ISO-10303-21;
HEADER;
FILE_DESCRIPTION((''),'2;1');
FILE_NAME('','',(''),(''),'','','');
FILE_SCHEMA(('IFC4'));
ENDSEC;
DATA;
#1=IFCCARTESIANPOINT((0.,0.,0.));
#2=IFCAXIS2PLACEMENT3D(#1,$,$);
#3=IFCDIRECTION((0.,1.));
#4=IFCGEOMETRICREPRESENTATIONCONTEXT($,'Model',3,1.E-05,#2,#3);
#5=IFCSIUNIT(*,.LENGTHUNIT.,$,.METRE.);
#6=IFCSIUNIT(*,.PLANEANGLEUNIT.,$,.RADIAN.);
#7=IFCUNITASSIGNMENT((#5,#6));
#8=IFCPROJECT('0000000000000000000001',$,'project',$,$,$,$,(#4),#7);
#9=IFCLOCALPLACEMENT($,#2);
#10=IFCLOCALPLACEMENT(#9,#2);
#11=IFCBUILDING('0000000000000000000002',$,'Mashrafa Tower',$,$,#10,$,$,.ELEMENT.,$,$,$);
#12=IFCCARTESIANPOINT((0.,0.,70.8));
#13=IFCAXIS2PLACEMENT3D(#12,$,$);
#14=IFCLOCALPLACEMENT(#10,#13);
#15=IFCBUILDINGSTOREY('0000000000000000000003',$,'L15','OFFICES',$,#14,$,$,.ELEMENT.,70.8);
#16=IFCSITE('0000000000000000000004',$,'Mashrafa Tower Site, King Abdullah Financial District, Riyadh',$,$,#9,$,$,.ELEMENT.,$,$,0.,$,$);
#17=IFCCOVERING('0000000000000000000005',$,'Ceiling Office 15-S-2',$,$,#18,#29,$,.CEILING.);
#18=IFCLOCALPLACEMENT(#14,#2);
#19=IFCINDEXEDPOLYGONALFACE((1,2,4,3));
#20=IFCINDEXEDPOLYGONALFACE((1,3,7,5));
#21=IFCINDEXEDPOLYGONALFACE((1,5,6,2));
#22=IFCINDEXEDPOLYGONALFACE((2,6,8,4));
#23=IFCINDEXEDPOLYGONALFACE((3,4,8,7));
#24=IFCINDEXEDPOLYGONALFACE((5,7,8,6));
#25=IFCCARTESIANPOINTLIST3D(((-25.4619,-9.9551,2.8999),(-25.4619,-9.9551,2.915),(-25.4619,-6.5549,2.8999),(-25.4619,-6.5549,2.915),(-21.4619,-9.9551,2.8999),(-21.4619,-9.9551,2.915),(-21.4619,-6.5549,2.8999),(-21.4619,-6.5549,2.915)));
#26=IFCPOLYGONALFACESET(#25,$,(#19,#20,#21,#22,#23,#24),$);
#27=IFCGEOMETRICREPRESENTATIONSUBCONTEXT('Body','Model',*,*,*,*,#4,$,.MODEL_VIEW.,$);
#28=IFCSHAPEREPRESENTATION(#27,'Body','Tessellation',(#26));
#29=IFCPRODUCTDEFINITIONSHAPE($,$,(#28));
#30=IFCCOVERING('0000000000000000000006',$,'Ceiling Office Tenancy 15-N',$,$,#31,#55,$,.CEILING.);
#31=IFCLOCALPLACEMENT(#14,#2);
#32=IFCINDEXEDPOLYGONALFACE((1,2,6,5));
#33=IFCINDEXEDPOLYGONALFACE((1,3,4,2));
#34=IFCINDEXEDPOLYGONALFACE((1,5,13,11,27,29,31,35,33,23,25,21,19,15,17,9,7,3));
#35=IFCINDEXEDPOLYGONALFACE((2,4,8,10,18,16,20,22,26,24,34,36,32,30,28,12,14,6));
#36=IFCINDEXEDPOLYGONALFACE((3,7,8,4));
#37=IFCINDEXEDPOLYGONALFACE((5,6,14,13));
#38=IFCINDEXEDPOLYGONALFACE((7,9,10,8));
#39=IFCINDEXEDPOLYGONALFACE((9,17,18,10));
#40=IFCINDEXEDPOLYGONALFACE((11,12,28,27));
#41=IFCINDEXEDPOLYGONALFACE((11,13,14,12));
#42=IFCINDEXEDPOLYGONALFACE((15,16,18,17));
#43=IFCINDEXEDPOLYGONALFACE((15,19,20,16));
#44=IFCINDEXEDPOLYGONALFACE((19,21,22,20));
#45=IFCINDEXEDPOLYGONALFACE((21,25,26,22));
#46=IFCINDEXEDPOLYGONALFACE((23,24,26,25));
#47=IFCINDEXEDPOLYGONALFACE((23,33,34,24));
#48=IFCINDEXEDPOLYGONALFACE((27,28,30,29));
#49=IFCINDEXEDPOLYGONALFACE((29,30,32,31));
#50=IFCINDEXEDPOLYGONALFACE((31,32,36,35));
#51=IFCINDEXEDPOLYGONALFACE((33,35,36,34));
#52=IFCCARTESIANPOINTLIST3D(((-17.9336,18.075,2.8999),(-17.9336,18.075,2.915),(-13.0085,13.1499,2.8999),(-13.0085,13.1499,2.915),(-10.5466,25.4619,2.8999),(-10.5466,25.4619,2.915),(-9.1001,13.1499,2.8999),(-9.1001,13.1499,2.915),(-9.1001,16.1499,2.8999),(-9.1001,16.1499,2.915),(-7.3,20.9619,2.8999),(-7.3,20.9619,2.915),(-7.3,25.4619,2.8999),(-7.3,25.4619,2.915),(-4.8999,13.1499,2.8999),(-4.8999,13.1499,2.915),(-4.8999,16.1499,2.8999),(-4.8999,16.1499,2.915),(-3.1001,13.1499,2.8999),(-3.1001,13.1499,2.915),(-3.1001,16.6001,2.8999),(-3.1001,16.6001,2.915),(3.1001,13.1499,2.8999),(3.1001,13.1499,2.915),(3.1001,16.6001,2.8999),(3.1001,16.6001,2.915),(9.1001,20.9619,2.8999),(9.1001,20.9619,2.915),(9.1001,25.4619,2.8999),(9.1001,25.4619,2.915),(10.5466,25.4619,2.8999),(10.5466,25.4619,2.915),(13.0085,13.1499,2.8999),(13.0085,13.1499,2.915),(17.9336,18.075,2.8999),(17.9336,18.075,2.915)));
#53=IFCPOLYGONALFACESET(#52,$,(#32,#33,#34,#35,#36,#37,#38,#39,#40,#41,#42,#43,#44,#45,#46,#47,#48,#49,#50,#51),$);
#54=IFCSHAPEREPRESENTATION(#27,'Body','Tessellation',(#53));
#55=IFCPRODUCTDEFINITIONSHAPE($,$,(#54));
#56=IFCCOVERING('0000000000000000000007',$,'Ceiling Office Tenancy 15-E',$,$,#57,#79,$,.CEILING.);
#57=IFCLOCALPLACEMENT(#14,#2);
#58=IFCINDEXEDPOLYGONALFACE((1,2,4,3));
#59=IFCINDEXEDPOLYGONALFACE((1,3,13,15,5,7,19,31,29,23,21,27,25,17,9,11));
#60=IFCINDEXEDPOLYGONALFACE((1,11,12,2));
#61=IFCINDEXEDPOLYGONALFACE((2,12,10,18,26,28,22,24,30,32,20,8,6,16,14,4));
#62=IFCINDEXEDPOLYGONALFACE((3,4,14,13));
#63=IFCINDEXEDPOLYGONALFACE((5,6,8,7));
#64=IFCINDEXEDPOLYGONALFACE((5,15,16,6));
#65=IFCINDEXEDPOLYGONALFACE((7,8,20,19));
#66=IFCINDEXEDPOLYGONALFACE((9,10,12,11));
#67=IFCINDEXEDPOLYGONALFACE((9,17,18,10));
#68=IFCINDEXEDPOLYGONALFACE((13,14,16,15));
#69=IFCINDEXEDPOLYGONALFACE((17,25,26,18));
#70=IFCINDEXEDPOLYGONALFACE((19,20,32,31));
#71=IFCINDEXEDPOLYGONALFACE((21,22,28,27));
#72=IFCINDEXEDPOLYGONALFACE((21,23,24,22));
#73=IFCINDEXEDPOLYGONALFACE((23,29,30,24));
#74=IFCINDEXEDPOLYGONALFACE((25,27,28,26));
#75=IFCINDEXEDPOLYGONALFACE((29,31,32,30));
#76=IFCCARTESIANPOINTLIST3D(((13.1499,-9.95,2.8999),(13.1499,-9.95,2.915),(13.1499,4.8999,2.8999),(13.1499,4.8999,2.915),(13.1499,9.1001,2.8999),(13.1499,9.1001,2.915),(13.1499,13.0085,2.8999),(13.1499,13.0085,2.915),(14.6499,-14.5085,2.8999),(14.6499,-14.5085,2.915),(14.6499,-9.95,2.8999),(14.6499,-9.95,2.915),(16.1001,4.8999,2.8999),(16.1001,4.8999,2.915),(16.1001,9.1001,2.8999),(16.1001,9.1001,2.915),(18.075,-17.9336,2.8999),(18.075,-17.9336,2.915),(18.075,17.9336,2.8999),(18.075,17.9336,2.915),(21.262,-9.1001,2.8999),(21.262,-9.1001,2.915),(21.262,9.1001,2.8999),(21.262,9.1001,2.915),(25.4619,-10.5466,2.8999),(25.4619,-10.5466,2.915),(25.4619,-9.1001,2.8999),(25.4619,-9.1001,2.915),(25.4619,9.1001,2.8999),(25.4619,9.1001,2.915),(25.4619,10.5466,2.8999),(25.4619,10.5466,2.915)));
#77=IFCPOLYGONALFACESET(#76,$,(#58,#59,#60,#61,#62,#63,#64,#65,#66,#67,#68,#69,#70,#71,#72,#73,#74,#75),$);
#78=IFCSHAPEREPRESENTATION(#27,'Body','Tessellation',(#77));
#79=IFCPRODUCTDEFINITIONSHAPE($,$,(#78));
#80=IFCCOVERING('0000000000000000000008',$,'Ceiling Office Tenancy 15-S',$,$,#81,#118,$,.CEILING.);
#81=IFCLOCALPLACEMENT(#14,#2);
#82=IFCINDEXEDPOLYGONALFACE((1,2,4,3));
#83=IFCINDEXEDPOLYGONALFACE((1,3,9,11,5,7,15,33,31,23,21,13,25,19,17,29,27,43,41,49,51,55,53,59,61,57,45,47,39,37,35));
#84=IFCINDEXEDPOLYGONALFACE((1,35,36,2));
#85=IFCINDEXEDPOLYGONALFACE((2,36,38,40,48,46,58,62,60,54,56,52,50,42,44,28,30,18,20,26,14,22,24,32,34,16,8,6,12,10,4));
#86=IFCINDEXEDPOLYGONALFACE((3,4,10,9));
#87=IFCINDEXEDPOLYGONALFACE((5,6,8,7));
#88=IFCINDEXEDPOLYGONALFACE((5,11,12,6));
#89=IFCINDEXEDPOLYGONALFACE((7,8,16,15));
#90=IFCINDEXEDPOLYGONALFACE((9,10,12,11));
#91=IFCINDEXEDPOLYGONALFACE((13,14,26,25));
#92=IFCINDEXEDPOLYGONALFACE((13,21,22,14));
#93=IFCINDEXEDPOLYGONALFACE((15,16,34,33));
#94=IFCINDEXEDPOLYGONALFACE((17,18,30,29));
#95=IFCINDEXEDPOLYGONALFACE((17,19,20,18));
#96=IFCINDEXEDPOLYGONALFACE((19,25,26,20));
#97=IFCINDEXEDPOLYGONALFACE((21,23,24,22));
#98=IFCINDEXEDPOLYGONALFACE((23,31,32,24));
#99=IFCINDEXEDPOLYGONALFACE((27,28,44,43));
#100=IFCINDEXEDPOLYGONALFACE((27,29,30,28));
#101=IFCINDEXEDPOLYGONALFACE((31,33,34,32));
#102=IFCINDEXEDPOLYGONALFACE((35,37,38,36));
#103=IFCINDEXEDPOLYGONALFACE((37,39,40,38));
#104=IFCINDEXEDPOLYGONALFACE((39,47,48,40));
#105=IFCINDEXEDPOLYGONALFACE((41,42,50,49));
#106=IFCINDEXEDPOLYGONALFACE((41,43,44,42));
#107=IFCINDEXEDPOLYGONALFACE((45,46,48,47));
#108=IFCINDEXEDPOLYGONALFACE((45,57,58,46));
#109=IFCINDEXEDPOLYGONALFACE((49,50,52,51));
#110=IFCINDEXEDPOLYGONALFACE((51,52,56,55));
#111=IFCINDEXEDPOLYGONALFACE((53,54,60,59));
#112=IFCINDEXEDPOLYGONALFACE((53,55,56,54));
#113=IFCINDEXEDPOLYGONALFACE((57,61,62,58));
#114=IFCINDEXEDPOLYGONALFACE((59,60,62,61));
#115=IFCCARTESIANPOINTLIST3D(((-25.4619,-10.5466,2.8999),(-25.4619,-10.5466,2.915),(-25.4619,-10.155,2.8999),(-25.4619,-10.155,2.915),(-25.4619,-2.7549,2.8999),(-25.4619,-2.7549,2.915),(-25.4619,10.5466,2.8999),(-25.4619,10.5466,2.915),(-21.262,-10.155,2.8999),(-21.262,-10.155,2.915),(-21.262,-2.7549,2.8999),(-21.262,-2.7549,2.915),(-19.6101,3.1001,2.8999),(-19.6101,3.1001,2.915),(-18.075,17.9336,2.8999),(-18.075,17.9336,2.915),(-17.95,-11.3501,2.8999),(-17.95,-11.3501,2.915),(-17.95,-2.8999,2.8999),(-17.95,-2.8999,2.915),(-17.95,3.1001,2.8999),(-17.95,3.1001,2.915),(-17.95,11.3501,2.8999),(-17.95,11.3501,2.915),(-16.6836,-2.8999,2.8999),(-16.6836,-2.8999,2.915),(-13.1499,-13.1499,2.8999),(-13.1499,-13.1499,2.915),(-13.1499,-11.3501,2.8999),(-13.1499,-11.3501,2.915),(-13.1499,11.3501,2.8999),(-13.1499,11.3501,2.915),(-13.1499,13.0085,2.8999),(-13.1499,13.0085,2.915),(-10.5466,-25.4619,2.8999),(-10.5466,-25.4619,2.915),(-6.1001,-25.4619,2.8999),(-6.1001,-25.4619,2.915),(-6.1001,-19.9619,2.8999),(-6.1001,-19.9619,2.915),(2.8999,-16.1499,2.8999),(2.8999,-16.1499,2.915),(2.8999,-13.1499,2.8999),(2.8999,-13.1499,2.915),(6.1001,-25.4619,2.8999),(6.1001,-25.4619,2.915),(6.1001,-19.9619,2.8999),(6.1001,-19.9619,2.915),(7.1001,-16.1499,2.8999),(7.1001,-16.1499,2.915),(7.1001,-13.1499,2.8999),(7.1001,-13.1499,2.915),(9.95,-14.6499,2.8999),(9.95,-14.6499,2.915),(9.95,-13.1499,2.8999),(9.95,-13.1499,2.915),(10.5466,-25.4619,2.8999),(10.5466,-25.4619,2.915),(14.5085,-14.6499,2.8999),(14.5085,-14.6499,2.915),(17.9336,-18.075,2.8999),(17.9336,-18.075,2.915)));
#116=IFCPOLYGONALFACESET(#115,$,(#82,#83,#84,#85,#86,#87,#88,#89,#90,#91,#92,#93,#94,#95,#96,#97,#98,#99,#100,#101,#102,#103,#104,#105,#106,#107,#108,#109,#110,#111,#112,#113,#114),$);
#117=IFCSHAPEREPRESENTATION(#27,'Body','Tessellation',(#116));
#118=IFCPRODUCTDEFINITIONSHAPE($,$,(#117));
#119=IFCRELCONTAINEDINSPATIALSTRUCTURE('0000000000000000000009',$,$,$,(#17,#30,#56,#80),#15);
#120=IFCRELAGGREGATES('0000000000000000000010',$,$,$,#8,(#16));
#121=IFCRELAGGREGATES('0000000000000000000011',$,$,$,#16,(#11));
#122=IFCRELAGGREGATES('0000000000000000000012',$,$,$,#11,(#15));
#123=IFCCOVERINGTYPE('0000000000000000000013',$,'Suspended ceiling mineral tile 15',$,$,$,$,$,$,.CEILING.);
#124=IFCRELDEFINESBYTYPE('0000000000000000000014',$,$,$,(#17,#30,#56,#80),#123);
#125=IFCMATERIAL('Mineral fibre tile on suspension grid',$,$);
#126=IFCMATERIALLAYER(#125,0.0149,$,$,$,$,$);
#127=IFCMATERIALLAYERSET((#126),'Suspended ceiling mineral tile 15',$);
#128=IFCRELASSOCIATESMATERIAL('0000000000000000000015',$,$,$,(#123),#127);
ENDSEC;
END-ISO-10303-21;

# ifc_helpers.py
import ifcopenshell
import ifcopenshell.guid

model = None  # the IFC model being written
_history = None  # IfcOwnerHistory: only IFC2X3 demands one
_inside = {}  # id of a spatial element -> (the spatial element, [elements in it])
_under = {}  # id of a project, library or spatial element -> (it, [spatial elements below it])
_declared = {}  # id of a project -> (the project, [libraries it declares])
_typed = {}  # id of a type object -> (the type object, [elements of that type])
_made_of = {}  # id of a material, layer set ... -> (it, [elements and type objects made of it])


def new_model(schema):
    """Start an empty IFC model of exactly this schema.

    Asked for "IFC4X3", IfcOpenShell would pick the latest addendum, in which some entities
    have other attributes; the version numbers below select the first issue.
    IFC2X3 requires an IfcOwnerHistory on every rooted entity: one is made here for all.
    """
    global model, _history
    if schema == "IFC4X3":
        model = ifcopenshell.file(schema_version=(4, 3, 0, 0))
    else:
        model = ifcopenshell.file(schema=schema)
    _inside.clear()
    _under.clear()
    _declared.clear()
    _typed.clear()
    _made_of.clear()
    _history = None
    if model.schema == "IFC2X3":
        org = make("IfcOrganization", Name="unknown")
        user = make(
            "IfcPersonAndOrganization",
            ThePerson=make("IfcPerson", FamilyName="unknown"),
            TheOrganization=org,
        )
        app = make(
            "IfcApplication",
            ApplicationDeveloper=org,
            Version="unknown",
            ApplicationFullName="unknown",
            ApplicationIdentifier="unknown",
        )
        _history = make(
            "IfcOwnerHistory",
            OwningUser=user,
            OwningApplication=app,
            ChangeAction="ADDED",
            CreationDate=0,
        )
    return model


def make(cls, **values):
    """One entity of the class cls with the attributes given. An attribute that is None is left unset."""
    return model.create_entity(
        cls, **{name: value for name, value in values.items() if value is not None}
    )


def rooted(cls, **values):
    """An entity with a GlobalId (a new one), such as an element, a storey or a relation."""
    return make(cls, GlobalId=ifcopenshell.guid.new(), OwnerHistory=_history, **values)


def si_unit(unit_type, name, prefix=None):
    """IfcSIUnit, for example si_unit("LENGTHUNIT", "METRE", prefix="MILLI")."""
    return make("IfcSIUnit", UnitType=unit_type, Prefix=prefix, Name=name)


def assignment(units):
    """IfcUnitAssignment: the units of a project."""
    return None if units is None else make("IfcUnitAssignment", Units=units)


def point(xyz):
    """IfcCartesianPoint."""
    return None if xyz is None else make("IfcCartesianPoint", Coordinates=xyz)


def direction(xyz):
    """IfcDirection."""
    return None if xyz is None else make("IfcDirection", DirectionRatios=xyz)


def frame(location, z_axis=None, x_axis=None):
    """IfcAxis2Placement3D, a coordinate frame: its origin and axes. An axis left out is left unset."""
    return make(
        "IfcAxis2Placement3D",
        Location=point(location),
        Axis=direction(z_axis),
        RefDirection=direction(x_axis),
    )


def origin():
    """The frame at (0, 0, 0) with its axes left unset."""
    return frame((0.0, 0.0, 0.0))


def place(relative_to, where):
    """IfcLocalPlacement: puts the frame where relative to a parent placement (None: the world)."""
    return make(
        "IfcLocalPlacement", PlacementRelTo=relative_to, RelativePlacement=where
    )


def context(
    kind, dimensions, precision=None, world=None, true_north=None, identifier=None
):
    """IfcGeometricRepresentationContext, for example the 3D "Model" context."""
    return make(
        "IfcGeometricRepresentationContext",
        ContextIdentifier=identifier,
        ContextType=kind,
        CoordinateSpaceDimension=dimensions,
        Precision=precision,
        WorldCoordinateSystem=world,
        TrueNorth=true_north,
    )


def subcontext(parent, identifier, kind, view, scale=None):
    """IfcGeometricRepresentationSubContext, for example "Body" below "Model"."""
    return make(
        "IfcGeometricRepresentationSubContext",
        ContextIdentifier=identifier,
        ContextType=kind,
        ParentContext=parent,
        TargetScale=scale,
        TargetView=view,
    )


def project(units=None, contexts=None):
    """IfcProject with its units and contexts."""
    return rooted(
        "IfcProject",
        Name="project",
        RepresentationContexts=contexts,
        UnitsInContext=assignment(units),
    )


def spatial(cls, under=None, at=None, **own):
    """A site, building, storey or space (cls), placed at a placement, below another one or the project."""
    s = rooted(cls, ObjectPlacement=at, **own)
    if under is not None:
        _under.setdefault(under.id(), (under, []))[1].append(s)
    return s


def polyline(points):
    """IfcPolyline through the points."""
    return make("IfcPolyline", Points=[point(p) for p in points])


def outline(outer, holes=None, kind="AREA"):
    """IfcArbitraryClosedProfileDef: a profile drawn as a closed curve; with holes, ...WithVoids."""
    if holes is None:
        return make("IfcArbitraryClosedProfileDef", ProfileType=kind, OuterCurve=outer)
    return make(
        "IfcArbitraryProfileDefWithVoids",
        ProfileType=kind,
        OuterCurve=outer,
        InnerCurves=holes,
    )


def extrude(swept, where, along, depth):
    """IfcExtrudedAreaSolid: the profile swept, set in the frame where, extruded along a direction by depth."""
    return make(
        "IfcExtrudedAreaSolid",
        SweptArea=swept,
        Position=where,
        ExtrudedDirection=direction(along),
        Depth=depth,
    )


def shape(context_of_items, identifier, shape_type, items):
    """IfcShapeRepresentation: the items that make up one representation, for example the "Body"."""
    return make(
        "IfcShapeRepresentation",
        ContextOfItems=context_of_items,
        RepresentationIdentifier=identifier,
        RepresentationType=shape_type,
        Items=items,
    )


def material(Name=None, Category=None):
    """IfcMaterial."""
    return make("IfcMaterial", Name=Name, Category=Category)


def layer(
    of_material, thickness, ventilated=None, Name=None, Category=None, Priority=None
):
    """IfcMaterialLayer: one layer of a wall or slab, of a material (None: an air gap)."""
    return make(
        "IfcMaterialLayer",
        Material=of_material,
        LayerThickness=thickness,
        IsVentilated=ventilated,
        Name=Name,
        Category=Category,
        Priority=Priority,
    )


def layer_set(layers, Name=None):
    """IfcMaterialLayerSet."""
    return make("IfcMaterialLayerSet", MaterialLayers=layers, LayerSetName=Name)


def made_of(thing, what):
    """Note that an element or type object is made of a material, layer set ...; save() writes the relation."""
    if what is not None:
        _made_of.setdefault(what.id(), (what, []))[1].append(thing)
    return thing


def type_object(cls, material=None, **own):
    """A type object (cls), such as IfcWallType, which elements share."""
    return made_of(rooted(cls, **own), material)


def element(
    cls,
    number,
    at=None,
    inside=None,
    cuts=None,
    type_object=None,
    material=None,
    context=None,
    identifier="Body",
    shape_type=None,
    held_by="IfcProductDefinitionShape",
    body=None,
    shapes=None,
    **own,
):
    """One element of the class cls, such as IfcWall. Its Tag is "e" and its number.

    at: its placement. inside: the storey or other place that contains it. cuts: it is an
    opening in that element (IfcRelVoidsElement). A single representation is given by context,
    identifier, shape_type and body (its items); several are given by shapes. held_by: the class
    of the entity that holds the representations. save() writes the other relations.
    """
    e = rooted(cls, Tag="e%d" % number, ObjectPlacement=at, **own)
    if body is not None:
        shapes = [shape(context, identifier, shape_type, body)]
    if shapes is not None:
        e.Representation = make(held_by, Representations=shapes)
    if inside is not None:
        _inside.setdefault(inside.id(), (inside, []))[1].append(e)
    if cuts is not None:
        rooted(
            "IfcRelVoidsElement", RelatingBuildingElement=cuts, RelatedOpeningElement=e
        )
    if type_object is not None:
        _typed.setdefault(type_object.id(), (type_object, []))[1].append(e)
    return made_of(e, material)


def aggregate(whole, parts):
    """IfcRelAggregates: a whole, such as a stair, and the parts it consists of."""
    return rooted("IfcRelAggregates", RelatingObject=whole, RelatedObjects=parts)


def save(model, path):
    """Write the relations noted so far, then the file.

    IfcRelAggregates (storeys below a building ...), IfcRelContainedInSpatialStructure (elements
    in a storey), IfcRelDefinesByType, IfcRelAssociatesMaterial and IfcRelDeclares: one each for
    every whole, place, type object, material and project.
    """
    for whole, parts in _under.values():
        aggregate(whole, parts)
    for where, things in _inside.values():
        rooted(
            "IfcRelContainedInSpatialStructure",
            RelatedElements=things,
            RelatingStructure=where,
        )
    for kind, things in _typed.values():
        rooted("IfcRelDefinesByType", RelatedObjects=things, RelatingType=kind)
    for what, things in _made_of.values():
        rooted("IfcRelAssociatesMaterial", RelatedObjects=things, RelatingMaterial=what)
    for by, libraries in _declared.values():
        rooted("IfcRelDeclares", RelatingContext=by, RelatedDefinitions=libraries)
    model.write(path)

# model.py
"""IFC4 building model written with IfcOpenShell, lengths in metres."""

from ifc_helpers import new_model, si_unit, direction, frame, origin, place, context, subcontext, project, spatial, polyline, outline, extrude, material, layer, layer_set, type_object, element, save


model = new_model("IFC4")

# Units and contexts
model_context = context("Model", 3, precision=1e-05, world=origin(), true_north=direction((0.0, 1.0)))
body_context = subcontext(model_context, "Body", "Model", "MODEL_VIEW")
ifc_project = project(units=[si_unit("LENGTHUNIT", "METRE"), si_unit("PLANEANGLEUNIT", "RADIAN")], contexts=[model_context])

# Site, building, storey
site_placement = place(None, origin())
site = spatial("IfcSite", under=ifc_project, at=site_placement, Name="Mashrafa Tower Site, King Abdullah Financial District, Riyadh", CompositionType="ELEMENT", RefElevation=0.0)
building_placement = place(site_placement, origin())
building = spatial("IfcBuilding", under=site, at=building_placement, Name="Mashrafa Tower", CompositionType="ELEMENT")
storey_placement = place(building_placement, frame((0.0, 0.0, 70.8)))
storey = spatial("IfcBuildingStorey", under=building, at=storey_placement, Name="L15", Description="OFFICES", CompositionType="ELEMENT", Elevation=70.8)

# Coverings
ifc_material_1 = material(Name="Mineral fibre tile on suspension grid")
ifc_layer_1 = layer(ifc_material_1, 0.0149)
ifc_layer_set_1 = layer_set([ifc_layer_1], Name="Suspended ceiling mineral tile 15")
covering_type = type_object("IfcCoveringType", Name="Suspended ceiling mineral tile 15", PredefinedType="CEILING", material=ifc_layer_set_1)
covering_1_placement = place(storey_placement, frame((0.0, 0.0, 2.8999)))
element("IfcCovering", 1, at=covering_1_placement, inside=storey, type_object=covering_type, Name="Ceiling Office 15-S-2", PredefinedType="CEILING", context=body_context, shape_type="SweptSolid", body=[
    extrude(outline(polyline([(-21.4619, -6.5549), (-21.4619, -9.9551), (-25.4619, -9.9551), (-25.4619, -6.5549), (-21.4619, -6.5549)])), origin(), (0.0, 0.0, 1.0), 0.0151),
])
covering_2_placement = place(storey_placement, frame((0.0, 0.0, 2.8999)))
element("IfcCovering", 2, at=covering_2_placement, inside=storey, type_object=covering_type, Name="Ceiling Office Tenancy 15-N", PredefinedType="CEILING", context=body_context, shape_type="SweptSolid", body=[
    extrude(outline(polyline([(-13.0085, 13.1499), (-17.9336, 18.075), (-10.5466, 25.4619), (-7.3, 25.4619), (-7.3, 20.9619), (9.1001, 20.9619), (9.1001, 25.4619), (10.5466, 25.4619), (17.9336, 18.075), (13.0085, 13.1499), (3.1001, 13.1499), (3.1001, 16.6001), (-3.1001, 16.6001), (-3.1001, 13.1499), (-4.8999, 13.1499), (-4.8999, 16.1499), (-9.1001, 16.1499), (-9.1001, 13.1499), (-13.0085, 13.1499)])), origin(), (0.0, 0.0, 1.0), 0.0151),
])
covering_3_placement = place(storey_placement, frame((0.0, 0.0, 2.8999)))
element("IfcCovering", 3, at=covering_3_placement, inside=storey, type_object=covering_type, Name="Ceiling Office Tenancy 15-E", PredefinedType="CEILING", context=body_context, shape_type="SweptSolid", body=[
    extrude(outline(polyline([(13.1499, 13.0085), (18.075, 17.9336), (25.4619, 10.5466), (25.4619, 9.1001), (21.262, 9.1001), (21.262, -9.1001), (25.4619, -9.1001), (25.4619, -10.5466), (18.075, -17.9336), (14.6499, -14.5085), (14.6499, -9.95), (13.1499, -9.95), (13.1499, 4.8999), (16.1001, 4.8999), (16.1001, 9.1001), (13.1499, 9.1001), (13.1499, 13.0085)])), origin(), (0.0, 0.0, 1.0), 0.0151),
])
covering_4_placement = place(storey_placement, frame((0.0, 0.0, 2.8999)))
element("IfcCovering", 4, at=covering_4_placement, inside=storey, type_object=covering_type, Name="Ceiling Office Tenancy 15-S", PredefinedType="CEILING", context=body_context, shape_type="SweptSolid", body=[
    extrude(outline(polyline([(14.5085, -14.6499), (17.9336, -18.075), (10.5466, -25.4619), (6.1001, -25.4619), (6.1001, -19.9619), (-6.1001, -19.9619), (-6.1001, -25.4619), (-10.5466, -25.4619), (-25.4619, -10.5466), (-25.4619, -10.155), (-21.262, -10.155), (-21.262, -2.7549), (-25.4619, -2.7549), (-25.4619, 10.5466), (-18.075, 17.9336), (-13.1499, 13.0085), (-13.1499, 11.3501), (-17.95, 11.3501), (-17.95, 3.1001), (-19.6101, 3.1001), (-16.6836, -2.8999), (-17.95, -2.8999), (-17.95, -11.3501), (-13.1499, -11.3501), (-13.1499, -13.1499), (2.8999, -13.1499), (2.8999, -16.1499), (7.1001, -16.1499), (7.1001, -13.1499), (9.95, -13.1499), (9.95, -14.6499), (14.5085, -14.6499)])), origin(), (0.0, 0.0, 1.0), 0.0151),
])

save(model, "model.ifc")
